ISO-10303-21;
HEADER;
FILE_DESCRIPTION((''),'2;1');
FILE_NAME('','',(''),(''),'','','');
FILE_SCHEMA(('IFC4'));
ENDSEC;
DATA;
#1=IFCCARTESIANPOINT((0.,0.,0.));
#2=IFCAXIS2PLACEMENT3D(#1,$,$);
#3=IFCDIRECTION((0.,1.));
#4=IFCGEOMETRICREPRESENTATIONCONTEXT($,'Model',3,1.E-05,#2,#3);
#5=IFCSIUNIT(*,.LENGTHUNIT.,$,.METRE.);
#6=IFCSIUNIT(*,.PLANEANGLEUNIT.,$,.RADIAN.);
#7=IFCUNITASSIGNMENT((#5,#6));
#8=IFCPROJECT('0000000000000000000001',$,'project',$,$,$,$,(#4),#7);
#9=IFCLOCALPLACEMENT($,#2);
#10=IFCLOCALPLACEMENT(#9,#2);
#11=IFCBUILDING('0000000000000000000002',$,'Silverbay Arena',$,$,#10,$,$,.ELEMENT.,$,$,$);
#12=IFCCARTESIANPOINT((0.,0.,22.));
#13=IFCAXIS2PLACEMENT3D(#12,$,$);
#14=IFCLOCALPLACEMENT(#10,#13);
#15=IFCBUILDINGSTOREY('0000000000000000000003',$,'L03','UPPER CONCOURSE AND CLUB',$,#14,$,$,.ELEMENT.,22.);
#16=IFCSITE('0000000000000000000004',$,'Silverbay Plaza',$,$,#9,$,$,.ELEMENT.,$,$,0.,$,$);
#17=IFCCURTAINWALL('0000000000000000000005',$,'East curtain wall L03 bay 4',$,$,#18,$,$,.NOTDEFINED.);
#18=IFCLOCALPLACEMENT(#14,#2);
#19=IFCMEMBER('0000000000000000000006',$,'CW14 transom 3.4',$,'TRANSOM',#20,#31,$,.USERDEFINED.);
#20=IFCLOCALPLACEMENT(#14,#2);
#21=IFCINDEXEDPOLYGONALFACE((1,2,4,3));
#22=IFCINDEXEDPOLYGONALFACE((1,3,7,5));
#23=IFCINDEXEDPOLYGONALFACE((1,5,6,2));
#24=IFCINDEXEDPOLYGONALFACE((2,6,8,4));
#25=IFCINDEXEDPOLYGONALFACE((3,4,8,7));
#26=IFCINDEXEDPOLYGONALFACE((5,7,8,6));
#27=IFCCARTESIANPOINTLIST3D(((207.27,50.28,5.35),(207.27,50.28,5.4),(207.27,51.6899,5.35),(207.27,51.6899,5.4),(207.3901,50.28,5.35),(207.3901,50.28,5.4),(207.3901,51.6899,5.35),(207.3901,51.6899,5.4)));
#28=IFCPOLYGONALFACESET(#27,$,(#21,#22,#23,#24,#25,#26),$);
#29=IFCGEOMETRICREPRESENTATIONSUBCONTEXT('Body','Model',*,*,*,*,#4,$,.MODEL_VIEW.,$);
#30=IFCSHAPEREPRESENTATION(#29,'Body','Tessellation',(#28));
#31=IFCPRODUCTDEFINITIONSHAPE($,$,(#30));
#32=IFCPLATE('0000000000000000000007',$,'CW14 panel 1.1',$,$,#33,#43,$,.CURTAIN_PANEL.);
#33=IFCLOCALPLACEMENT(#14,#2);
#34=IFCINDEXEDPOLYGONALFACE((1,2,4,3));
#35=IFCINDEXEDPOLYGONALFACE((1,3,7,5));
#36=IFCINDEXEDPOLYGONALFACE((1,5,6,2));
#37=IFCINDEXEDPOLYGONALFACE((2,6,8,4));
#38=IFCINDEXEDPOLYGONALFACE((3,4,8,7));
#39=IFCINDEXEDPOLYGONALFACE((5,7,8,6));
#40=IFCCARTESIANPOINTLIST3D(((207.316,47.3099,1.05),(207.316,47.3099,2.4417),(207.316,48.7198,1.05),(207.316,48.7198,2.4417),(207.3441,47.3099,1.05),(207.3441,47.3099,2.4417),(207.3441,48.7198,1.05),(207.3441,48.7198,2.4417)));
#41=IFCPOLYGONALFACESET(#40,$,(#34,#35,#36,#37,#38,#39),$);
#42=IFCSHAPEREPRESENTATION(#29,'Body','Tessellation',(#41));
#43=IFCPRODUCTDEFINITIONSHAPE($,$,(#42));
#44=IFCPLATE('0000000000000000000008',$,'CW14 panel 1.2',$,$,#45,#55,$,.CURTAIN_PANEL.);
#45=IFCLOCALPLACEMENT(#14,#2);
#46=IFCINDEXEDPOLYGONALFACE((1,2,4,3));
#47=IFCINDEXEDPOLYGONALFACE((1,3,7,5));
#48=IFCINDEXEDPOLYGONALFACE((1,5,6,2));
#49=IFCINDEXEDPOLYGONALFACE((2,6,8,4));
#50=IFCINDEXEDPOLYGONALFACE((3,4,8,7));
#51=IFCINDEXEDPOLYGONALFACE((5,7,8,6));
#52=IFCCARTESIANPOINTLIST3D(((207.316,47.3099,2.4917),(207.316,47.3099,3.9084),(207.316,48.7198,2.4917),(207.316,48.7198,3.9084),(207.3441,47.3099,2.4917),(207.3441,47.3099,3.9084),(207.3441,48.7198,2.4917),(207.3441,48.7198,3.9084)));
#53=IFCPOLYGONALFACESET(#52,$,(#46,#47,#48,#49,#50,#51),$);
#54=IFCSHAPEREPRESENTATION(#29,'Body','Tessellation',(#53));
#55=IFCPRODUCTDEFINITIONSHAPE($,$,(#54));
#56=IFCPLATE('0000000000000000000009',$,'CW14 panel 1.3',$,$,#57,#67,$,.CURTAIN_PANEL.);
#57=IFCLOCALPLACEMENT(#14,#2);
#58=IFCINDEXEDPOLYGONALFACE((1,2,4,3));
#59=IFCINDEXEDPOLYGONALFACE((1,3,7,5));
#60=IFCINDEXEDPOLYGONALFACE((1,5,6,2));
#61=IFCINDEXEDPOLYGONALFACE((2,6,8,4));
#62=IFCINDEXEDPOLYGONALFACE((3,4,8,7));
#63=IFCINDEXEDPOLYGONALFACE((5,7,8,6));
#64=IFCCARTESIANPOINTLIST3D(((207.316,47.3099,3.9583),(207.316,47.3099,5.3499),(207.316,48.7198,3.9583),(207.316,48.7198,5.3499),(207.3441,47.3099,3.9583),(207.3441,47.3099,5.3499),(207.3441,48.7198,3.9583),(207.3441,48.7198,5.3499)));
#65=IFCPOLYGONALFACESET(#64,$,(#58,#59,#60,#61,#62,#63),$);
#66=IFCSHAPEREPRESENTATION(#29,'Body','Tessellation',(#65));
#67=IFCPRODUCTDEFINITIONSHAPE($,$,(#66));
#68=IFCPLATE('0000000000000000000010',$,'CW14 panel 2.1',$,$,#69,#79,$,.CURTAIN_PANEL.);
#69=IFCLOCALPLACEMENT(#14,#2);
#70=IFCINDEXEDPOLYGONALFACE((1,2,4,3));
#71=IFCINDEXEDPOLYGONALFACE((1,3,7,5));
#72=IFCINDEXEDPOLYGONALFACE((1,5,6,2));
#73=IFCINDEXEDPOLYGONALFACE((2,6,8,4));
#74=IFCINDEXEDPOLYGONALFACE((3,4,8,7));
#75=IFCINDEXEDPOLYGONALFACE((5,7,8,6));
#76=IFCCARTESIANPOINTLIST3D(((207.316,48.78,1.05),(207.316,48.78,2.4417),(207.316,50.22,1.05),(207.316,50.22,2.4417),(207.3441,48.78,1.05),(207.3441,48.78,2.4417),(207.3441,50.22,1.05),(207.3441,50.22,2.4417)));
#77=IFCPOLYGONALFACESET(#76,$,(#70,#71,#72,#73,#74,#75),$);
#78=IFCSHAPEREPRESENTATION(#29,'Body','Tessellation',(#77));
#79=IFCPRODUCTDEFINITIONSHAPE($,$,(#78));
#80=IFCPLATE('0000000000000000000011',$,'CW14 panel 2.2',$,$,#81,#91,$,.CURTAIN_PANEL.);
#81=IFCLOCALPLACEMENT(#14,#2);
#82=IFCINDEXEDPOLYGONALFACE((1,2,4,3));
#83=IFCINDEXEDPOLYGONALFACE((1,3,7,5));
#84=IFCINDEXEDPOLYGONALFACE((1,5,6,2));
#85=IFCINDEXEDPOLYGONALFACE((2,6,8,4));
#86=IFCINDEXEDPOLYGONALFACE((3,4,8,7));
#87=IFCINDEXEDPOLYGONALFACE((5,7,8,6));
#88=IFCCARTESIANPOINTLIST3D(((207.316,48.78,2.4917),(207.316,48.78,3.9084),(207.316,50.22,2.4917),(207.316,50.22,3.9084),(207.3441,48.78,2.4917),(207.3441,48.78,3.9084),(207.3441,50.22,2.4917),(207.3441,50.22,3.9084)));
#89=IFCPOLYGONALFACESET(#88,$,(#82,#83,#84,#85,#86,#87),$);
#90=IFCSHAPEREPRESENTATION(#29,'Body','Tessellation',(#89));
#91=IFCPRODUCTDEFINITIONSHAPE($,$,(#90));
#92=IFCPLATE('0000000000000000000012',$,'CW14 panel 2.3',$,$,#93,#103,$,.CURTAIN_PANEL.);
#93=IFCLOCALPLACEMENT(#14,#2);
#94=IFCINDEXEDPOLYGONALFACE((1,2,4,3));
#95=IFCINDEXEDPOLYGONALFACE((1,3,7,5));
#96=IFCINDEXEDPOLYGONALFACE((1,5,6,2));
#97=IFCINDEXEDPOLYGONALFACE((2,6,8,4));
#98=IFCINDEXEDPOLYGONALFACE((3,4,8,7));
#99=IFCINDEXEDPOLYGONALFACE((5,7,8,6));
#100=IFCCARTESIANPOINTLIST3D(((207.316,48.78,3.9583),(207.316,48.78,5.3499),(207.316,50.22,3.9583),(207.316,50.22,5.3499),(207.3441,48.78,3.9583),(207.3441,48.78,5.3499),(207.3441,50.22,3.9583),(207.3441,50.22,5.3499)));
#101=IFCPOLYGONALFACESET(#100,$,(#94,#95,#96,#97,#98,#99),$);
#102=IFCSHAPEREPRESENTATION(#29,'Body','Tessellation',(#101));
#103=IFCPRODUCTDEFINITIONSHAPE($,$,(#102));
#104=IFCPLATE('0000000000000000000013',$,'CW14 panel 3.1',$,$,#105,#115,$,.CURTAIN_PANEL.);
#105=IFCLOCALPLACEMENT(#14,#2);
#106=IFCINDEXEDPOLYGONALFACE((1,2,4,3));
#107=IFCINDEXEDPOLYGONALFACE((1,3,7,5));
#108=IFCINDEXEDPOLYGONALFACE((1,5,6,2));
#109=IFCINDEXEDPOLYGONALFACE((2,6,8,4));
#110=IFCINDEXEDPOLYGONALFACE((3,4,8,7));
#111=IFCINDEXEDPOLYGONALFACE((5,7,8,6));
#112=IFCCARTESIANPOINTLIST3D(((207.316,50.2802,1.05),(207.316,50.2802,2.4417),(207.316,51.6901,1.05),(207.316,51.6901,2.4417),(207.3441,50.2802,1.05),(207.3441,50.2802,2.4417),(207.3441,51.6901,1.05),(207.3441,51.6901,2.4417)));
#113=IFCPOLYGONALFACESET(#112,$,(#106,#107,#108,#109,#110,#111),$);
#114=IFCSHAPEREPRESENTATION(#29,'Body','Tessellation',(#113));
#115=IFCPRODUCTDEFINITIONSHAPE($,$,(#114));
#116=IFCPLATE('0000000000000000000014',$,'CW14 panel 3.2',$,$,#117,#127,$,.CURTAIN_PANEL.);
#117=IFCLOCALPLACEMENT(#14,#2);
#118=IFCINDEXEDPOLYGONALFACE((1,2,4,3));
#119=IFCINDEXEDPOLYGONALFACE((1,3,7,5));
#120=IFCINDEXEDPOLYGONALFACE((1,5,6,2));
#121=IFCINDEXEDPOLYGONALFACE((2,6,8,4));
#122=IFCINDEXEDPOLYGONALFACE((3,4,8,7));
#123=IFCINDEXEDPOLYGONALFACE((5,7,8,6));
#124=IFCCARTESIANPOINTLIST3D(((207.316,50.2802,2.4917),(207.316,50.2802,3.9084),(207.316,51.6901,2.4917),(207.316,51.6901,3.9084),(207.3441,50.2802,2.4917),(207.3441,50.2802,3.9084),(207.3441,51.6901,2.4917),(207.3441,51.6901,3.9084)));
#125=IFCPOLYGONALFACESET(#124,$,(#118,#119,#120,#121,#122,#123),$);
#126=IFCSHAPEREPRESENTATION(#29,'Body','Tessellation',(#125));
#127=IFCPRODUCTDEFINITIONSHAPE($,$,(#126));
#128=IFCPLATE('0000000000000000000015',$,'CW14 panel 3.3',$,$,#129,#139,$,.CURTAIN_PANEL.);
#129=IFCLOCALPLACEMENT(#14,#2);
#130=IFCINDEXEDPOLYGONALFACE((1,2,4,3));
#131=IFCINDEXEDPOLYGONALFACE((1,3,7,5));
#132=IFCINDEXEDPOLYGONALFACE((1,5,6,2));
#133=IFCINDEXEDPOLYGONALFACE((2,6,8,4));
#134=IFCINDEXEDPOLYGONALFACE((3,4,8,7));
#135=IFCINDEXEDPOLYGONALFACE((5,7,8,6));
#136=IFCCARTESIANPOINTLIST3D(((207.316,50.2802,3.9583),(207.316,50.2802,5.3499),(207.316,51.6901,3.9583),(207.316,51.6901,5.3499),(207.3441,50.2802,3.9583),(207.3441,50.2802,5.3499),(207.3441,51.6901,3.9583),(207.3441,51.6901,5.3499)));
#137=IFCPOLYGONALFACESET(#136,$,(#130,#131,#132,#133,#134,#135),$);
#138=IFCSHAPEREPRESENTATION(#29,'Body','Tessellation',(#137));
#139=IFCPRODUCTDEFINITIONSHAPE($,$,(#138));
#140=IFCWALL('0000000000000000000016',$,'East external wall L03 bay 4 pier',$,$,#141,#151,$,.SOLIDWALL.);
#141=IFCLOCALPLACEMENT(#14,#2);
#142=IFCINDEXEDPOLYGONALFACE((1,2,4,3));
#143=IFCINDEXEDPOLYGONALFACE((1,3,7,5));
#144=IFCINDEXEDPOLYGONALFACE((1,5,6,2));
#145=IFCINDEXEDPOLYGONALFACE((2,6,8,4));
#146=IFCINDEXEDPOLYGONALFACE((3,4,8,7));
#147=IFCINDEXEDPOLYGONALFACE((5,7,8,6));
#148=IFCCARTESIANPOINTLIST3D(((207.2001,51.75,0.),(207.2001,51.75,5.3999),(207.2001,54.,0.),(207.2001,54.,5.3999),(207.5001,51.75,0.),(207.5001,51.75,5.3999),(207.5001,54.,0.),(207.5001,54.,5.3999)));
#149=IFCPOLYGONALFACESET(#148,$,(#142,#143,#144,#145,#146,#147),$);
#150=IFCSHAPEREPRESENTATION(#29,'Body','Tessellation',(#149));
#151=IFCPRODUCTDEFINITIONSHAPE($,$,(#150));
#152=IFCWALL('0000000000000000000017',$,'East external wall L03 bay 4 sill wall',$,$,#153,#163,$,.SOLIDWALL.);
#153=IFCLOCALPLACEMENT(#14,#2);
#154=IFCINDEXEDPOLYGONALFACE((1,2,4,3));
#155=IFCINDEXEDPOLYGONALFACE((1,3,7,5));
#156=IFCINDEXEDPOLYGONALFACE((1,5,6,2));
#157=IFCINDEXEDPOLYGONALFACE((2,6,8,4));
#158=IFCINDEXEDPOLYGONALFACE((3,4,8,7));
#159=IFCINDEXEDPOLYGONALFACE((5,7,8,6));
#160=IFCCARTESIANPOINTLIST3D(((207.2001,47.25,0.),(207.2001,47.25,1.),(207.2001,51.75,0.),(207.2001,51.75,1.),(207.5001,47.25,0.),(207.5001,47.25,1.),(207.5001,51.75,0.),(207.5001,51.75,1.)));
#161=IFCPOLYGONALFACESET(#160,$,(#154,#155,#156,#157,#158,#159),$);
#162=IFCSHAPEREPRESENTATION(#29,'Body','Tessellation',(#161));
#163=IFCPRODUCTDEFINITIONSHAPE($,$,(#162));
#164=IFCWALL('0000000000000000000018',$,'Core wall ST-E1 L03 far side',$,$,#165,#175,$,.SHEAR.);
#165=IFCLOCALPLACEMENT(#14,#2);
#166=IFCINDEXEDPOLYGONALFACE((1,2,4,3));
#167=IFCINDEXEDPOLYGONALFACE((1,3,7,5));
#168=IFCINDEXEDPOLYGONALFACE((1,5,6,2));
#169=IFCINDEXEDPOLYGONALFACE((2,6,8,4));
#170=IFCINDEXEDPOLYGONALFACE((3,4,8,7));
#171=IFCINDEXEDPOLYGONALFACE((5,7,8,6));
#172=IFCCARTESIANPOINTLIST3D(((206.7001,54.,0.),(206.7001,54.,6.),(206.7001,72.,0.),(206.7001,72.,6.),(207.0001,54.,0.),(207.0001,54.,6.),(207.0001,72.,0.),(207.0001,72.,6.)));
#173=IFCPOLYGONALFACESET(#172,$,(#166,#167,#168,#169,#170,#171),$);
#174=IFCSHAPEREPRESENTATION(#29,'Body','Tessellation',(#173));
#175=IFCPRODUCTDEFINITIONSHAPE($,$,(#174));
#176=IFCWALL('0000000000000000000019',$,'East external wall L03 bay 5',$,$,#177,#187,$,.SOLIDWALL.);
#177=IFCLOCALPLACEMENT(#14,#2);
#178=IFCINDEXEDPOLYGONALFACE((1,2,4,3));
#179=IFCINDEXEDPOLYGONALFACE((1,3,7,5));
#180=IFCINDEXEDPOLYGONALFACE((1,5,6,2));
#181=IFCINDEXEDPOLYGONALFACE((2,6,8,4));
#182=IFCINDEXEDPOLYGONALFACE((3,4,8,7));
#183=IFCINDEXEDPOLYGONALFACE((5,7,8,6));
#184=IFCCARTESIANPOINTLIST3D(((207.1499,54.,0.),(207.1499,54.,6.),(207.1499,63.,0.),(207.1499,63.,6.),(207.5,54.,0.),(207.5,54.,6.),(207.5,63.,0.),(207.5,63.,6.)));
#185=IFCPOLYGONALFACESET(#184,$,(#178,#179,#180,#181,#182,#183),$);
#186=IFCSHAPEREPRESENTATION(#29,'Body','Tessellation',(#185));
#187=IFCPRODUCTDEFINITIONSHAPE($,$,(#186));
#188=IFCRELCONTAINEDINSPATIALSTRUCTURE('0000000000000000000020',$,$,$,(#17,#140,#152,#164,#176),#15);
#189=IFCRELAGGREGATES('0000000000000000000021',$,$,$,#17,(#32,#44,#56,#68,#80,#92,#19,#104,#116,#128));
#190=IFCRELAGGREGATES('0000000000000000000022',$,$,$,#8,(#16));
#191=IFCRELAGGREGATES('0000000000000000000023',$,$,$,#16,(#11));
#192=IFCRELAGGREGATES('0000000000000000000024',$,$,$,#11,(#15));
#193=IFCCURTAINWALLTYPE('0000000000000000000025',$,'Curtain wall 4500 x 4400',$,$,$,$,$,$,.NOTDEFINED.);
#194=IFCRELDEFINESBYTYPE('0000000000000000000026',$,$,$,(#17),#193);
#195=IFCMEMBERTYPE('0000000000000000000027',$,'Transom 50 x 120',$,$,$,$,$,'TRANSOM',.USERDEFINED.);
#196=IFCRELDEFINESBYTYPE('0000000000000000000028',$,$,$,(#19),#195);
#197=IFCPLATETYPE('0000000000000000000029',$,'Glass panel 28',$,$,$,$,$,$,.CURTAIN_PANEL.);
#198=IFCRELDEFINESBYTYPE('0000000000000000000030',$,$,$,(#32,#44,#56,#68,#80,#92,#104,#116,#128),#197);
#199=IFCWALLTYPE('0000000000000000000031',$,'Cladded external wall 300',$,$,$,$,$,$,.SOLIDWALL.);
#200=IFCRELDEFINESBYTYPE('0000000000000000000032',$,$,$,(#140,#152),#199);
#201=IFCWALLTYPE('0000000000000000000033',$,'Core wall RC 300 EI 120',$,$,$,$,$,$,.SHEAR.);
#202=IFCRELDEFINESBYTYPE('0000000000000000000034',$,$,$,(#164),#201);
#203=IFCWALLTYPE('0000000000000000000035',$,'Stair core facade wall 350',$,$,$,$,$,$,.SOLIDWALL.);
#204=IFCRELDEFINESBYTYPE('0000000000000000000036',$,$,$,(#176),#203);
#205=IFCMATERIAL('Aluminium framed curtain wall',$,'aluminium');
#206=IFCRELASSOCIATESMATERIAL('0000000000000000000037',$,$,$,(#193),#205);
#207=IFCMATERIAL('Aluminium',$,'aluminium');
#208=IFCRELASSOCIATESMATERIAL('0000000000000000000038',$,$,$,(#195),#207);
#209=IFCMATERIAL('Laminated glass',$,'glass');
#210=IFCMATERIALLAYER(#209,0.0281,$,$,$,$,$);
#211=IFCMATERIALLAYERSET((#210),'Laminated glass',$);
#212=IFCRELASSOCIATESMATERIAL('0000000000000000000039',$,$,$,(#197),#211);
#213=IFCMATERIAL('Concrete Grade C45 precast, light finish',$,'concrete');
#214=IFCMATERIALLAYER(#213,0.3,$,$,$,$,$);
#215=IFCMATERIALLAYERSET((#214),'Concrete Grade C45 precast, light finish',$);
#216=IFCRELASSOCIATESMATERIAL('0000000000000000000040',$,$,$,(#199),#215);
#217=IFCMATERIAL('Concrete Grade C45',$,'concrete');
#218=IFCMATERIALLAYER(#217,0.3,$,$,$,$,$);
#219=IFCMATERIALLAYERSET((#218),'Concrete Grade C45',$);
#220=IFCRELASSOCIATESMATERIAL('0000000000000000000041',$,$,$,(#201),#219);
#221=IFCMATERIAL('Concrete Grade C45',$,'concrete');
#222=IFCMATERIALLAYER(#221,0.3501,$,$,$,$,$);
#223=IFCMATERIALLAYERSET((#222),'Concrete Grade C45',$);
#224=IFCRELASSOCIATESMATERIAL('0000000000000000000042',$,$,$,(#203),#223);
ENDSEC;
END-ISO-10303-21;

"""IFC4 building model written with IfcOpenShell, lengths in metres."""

from ifc_helpers import new_model, si_unit, direction, frame, frame_2d, origin, origin_2d, place, context, subcontext, project, spatial, rectangle, extrude, material, layer, layer_set, material_profile, profile_set, type_object, element, aggregate, save


model = new_model("IFC4")

# Units and contexts
model_context = context("Model", 3, precision=1e-05, world=origin(), true_north=direction((0.0, 1.0)))
body_context = subcontext(model_context, "Body", "Model", "MODEL_VIEW")
ifc_project = project(units=[si_unit("LENGTHUNIT", "METRE"), si_unit("PLANEANGLEUNIT", "RADIAN")], contexts=[model_context])

# Site, building, storey
site_placement = place(None, origin())
site = spatial("IfcSite", under=ifc_project, at=site_placement, Name="Silverbay Plaza", CompositionType="ELEMENT", RefElevation=0.0)
building_placement = place(site_placement, origin())
building = spatial("IfcBuilding", under=site, at=building_placement, Name="Silverbay Arena", CompositionType="ELEMENT")
storey_placement = place(building_placement, frame((0.0, 0.0, 22.0)))
storey = spatial("IfcBuildingStorey", under=building, at=storey_placement, Name="L03", Description="UPPER CONCOURSE AND CLUB", CompositionType="ELEMENT", Elevation=22.0)

# Curtain wall, member, plates
ifc_material_1 = material(Name="Aluminium framed curtain wall", Category="aluminium")
curtain_wall_type = type_object("IfcCurtainWallType", Name="Curtain wall 4500 x 4400", PredefinedType="NOTDEFINED", material=ifc_material_1)
curtain_wall_placement = place(storey_placement, origin())
curtain_wall = element("IfcCurtainWall", 1, at=curtain_wall_placement, inside=storey, type_object=curtain_wall_type, Name="East curtain wall L03 bay 4", PredefinedType="NOTDEFINED")
ifc_material_2 = material(Name="Aluminium", Category="aluminium")
ifc_material_profile_1 = material_profile(ifc_material_2, rectangle(XDim=0.1201, YDim=0.05, at=origin_2d()), Name="Transom 50 x 120")
ifc_profile_set_1 = profile_set([ifc_material_profile_1], Name="Aluminium")
member_type_1 = type_object("IfcMemberType", Name="Transom 50 x 120", ElementType="TRANSOM", PredefinedType="USERDEFINED", material=ifc_profile_set_1)
member_1_placement = place(storey_placement, frame((207.3301, 50.28, 5.375), z_axis=(0.0, 1.0, 0.0), x_axis=(-1.0, 0.0, 0.0)))
member_1 = element("IfcMember", 2, at=member_1_placement, type_object=member_type_1, Name="CW14 transom 3.4", ObjectType="TRANSOM", PredefinedType="USERDEFINED", context=body_context, shape_type="SweptSolid", body=[
    extrude(rectangle(XDim=0.1201, YDim=0.05, at=origin_2d()), origin(), (0.0, 0.0, 1.0), 1.4099),
])
ifc_material_3 = material(Name="Laminated glass", Category="glass")
ifc_layer_1 = layer(ifc_material_3, 0.0281)
ifc_layer_set_1 = layer_set([ifc_layer_1], Name="Laminated glass")
plate_type = type_object("IfcPlateType", Name="Glass panel 28", PredefinedType="CURTAIN_PANEL", material=ifc_layer_set_1)
plate_1_placement = place(storey_placement, frame((207.3301, 48.0149, 1.05), z_axis=(0.0, 0.0, 1.0), x_axis=(0.0, 1.0, 0.0)))
plate_1 = element("IfcPlate", 3, at=plate_1_placement, type_object=plate_type, Name="CW14 panel 1.1", PredefinedType="CURTAIN_PANEL", context=body_context, shape_type="SweptSolid", body=[
    extrude(rectangle(XDim=1.4099, YDim=0.0281, at=origin_2d()), origin(), (0.0, 0.0, 1.0), 1.3916),
])
plate_2_placement = place(storey_placement, frame((207.3301, 48.0149, 2.4917), z_axis=(0.0, 0.0, 1.0), x_axis=(0.0, 1.0, 0.0)))
plate_2 = element("IfcPlate", 4, at=plate_2_placement, type_object=plate_type, Name="CW14 panel 1.2", PredefinedType="CURTAIN_PANEL", context=body_context, shape_type="SweptSolid", body=[
    extrude(rectangle(XDim=1.4099, YDim=0.0281, at=origin_2d()), origin(), (0.0, 0.0, 1.0), 1.4167),
])
plate_3_placement = place(storey_placement, frame((207.3301, 48.0149, 3.9583), z_axis=(0.0, 0.0, 1.0), x_axis=(0.0, 1.0, 0.0)))
plate_3 = element("IfcPlate", 5, at=plate_3_placement, type_object=plate_type, Name="CW14 panel 1.3", PredefinedType="CURTAIN_PANEL", context=body_context, shape_type="SweptSolid", body=[
    extrude(rectangle(XDim=1.4099, YDim=0.0281, at=origin_2d()), origin(), (0.0, 0.0, 1.0), 1.3916),
])
plate_4_placement = place(storey_placement, frame((207.3301, 49.5, 1.05), z_axis=(0.0, 0.0, 1.0), x_axis=(0.0, 1.0, 0.0)))
plate_4 = element("IfcPlate", 6, at=plate_4_placement, type_object=plate_type, Name="CW14 panel 2.1", PredefinedType="CURTAIN_PANEL", context=body_context, shape_type="SweptSolid", body=[
    extrude(rectangle(XDim=1.4399, YDim=0.0281, at=origin_2d()), origin(), (0.0, 0.0, 1.0), 1.3916),
])
plate_5_placement = place(storey_placement, frame((207.3301, 49.5, 2.4917), z_axis=(0.0, 0.0, 1.0), x_axis=(0.0, 1.0, 0.0)))
plate_5 = element("IfcPlate", 7, at=plate_5_placement, type_object=plate_type, Name="CW14 panel 2.2", PredefinedType="CURTAIN_PANEL", context=body_context, shape_type="SweptSolid", body=[
    extrude(rectangle(XDim=1.4399, YDim=0.0281, at=origin_2d()), origin(), (0.0, 0.0, 1.0), 1.4167),
])
plate_6_placement = place(storey_placement, frame((207.3301, 49.5, 3.9583), z_axis=(0.0, 0.0, 1.0), x_axis=(0.0, 1.0, 0.0)))
plate_6 = element("IfcPlate", 8, at=plate_6_placement, type_object=plate_type, Name="CW14 panel 2.3", PredefinedType="CURTAIN_PANEL", context=body_context, shape_type="SweptSolid", body=[
    extrude(rectangle(XDim=1.4399, YDim=0.0281, at=origin_2d()), origin(), (0.0, 0.0, 1.0), 1.3916),
])
plate_7_placement = place(storey_placement, frame((207.3301, 50.9851, 1.05), z_axis=(0.0, 0.0, 1.0), x_axis=(0.0, 1.0, 0.0)))
plate_7 = element("IfcPlate", 9, at=plate_7_placement, type_object=plate_type, Name="CW14 panel 3.1", PredefinedType="CURTAIN_PANEL", context=body_context, shape_type="SweptSolid", body=[
    extrude(rectangle(XDim=1.4099, YDim=0.0281, at=origin_2d()), origin(), (0.0, 0.0, 1.0), 1.3916),
])
plate_8_placement = place(storey_placement, frame((207.3301, 50.9851, 2.4917), z_axis=(0.0, 0.0, 1.0), x_axis=(0.0, 1.0, 0.0)))
plate_8 = element("IfcPlate", 10, at=plate_8_placement, type_object=plate_type, Name="CW14 panel 3.2", PredefinedType="CURTAIN_PANEL", context=body_context, shape_type="SweptSolid", body=[
    extrude(rectangle(XDim=1.4099, YDim=0.0281, at=origin_2d()), origin(), (0.0, 0.0, 1.0), 1.4167),
])
plate_9_placement = place(storey_placement, frame((207.3301, 50.9851, 3.9583), z_axis=(0.0, 0.0, 1.0), x_axis=(0.0, 1.0, 0.0)))
plate_9 = element("IfcPlate", 11, at=plate_9_placement, type_object=plate_type, Name="CW14 panel 3.3", PredefinedType="CURTAIN_PANEL", context=body_context, shape_type="SweptSolid", body=[
    extrude(rectangle(XDim=1.4099, YDim=0.0281, at=origin_2d()), origin(), (0.0, 0.0, 1.0), 1.3916),
])
aggregate(curtain_wall, [plate_1, plate_2, plate_3, plate_4, plate_5, plate_6, member_1, plate_7, plate_8, plate_9])

# Walls
ifc_material_4 = material(Name="Concrete Grade C45 precast, light finish", Category="concrete")
ifc_layer_2 = layer(ifc_material_4, 0.3)
ifc_layer_set_2 = layer_set([ifc_layer_2], Name="Concrete Grade C45 precast, light finish")
wall_type_1 = type_object("IfcWallType", Name="Cladded external wall 300", PredefinedType="SOLIDWALL", material=ifc_layer_set_2)
wall_1_placement = place(storey_placement, frame((207.3501, 51.75, 0.0), z_axis=(0.0, 0.0, 1.0), x_axis=(0.0, 1.0, 0.0)))
element("IfcWall", 12, at=wall_1_placement, inside=storey, type_object=wall_type_1, Name="East external wall L03 bay 4 pier", PredefinedType="SOLIDWALL", context=body_context, shape_type="SweptSolid", body=[
    extrude(rectangle(XDim=2.25, YDim=0.3, at=frame_2d((1.125, 0.0))), origin(), (0.0, 0.0, 1.0), 5.3999),
])
wall_2_placement = place(storey_placement, frame((207.3501, 47.25, 0.0), z_axis=(0.0, 0.0, 1.0), x_axis=(0.0, 1.0, 0.0)))
element("IfcWall", 13, at=wall_2_placement, inside=storey, type_object=wall_type_1, Name="East external wall L03 bay 4 sill wall", PredefinedType="SOLIDWALL", context=body_context, shape_type="SweptSolid", body=[
    extrude(rectangle(XDim=4.5, YDim=0.3, at=frame_2d((2.25, 0.0))), origin(), (0.0, 0.0, 1.0), 1.0),
])
ifc_material_5 = material(Name="Concrete Grade C45", Category="concrete")
ifc_layer_3 = layer(ifc_material_5, 0.3)
ifc_layer_set_3 = layer_set([ifc_layer_3], Name="Concrete Grade C45")
wall_type_2 = type_object("IfcWallType", Name="Core wall RC 300 EI 120", PredefinedType="SHEAR", material=ifc_layer_set_3)
wall_3_placement = place(storey_placement, frame((206.8501, 54.0, 0.0), z_axis=(0.0, 0.0, 1.0), x_axis=(0.0, 1.0, 0.0)))
element("IfcWall", 14, at=wall_3_placement, inside=storey, type_object=wall_type_2, Name="Core wall ST-E1 L03 far side", PredefinedType="SHEAR", context=body_context, shape_type="SweptSolid", body=[
    extrude(rectangle(XDim=18.0, YDim=0.3, at=frame_2d((9.0, 0.0))), origin(), (0.0, 0.0, 1.0), 6.0),
])
ifc_material_6 = material(Name="Concrete Grade C45", Category="concrete")
ifc_layer_4 = layer(ifc_material_6, 0.3501)
ifc_layer_set_4 = layer_set([ifc_layer_4], Name="Concrete Grade C45")
wall_type_3 = type_object("IfcWallType", Name="Stair core facade wall 350", PredefinedType="SOLIDWALL", material=ifc_layer_set_4)
wall_4_placement = place(storey_placement, frame((207.325, 54.0, 0.0), z_axis=(0.0, 0.0, 1.0), x_axis=(0.0, 1.0, 0.0)))
element("IfcWall", 15, at=wall_4_placement, inside=storey, type_object=wall_type_3, Name="East external wall L03 bay 5", PredefinedType="SOLIDWALL", context=body_context, shape_type="SweptSolid", body=[
    extrude(rectangle(XDim=9.0, YDim=0.3501, at=frame_2d((4.5, 0.0))), origin(), (0.0, 0.0, 1.0), 6.0),
])

save(model, "model.ifc")
